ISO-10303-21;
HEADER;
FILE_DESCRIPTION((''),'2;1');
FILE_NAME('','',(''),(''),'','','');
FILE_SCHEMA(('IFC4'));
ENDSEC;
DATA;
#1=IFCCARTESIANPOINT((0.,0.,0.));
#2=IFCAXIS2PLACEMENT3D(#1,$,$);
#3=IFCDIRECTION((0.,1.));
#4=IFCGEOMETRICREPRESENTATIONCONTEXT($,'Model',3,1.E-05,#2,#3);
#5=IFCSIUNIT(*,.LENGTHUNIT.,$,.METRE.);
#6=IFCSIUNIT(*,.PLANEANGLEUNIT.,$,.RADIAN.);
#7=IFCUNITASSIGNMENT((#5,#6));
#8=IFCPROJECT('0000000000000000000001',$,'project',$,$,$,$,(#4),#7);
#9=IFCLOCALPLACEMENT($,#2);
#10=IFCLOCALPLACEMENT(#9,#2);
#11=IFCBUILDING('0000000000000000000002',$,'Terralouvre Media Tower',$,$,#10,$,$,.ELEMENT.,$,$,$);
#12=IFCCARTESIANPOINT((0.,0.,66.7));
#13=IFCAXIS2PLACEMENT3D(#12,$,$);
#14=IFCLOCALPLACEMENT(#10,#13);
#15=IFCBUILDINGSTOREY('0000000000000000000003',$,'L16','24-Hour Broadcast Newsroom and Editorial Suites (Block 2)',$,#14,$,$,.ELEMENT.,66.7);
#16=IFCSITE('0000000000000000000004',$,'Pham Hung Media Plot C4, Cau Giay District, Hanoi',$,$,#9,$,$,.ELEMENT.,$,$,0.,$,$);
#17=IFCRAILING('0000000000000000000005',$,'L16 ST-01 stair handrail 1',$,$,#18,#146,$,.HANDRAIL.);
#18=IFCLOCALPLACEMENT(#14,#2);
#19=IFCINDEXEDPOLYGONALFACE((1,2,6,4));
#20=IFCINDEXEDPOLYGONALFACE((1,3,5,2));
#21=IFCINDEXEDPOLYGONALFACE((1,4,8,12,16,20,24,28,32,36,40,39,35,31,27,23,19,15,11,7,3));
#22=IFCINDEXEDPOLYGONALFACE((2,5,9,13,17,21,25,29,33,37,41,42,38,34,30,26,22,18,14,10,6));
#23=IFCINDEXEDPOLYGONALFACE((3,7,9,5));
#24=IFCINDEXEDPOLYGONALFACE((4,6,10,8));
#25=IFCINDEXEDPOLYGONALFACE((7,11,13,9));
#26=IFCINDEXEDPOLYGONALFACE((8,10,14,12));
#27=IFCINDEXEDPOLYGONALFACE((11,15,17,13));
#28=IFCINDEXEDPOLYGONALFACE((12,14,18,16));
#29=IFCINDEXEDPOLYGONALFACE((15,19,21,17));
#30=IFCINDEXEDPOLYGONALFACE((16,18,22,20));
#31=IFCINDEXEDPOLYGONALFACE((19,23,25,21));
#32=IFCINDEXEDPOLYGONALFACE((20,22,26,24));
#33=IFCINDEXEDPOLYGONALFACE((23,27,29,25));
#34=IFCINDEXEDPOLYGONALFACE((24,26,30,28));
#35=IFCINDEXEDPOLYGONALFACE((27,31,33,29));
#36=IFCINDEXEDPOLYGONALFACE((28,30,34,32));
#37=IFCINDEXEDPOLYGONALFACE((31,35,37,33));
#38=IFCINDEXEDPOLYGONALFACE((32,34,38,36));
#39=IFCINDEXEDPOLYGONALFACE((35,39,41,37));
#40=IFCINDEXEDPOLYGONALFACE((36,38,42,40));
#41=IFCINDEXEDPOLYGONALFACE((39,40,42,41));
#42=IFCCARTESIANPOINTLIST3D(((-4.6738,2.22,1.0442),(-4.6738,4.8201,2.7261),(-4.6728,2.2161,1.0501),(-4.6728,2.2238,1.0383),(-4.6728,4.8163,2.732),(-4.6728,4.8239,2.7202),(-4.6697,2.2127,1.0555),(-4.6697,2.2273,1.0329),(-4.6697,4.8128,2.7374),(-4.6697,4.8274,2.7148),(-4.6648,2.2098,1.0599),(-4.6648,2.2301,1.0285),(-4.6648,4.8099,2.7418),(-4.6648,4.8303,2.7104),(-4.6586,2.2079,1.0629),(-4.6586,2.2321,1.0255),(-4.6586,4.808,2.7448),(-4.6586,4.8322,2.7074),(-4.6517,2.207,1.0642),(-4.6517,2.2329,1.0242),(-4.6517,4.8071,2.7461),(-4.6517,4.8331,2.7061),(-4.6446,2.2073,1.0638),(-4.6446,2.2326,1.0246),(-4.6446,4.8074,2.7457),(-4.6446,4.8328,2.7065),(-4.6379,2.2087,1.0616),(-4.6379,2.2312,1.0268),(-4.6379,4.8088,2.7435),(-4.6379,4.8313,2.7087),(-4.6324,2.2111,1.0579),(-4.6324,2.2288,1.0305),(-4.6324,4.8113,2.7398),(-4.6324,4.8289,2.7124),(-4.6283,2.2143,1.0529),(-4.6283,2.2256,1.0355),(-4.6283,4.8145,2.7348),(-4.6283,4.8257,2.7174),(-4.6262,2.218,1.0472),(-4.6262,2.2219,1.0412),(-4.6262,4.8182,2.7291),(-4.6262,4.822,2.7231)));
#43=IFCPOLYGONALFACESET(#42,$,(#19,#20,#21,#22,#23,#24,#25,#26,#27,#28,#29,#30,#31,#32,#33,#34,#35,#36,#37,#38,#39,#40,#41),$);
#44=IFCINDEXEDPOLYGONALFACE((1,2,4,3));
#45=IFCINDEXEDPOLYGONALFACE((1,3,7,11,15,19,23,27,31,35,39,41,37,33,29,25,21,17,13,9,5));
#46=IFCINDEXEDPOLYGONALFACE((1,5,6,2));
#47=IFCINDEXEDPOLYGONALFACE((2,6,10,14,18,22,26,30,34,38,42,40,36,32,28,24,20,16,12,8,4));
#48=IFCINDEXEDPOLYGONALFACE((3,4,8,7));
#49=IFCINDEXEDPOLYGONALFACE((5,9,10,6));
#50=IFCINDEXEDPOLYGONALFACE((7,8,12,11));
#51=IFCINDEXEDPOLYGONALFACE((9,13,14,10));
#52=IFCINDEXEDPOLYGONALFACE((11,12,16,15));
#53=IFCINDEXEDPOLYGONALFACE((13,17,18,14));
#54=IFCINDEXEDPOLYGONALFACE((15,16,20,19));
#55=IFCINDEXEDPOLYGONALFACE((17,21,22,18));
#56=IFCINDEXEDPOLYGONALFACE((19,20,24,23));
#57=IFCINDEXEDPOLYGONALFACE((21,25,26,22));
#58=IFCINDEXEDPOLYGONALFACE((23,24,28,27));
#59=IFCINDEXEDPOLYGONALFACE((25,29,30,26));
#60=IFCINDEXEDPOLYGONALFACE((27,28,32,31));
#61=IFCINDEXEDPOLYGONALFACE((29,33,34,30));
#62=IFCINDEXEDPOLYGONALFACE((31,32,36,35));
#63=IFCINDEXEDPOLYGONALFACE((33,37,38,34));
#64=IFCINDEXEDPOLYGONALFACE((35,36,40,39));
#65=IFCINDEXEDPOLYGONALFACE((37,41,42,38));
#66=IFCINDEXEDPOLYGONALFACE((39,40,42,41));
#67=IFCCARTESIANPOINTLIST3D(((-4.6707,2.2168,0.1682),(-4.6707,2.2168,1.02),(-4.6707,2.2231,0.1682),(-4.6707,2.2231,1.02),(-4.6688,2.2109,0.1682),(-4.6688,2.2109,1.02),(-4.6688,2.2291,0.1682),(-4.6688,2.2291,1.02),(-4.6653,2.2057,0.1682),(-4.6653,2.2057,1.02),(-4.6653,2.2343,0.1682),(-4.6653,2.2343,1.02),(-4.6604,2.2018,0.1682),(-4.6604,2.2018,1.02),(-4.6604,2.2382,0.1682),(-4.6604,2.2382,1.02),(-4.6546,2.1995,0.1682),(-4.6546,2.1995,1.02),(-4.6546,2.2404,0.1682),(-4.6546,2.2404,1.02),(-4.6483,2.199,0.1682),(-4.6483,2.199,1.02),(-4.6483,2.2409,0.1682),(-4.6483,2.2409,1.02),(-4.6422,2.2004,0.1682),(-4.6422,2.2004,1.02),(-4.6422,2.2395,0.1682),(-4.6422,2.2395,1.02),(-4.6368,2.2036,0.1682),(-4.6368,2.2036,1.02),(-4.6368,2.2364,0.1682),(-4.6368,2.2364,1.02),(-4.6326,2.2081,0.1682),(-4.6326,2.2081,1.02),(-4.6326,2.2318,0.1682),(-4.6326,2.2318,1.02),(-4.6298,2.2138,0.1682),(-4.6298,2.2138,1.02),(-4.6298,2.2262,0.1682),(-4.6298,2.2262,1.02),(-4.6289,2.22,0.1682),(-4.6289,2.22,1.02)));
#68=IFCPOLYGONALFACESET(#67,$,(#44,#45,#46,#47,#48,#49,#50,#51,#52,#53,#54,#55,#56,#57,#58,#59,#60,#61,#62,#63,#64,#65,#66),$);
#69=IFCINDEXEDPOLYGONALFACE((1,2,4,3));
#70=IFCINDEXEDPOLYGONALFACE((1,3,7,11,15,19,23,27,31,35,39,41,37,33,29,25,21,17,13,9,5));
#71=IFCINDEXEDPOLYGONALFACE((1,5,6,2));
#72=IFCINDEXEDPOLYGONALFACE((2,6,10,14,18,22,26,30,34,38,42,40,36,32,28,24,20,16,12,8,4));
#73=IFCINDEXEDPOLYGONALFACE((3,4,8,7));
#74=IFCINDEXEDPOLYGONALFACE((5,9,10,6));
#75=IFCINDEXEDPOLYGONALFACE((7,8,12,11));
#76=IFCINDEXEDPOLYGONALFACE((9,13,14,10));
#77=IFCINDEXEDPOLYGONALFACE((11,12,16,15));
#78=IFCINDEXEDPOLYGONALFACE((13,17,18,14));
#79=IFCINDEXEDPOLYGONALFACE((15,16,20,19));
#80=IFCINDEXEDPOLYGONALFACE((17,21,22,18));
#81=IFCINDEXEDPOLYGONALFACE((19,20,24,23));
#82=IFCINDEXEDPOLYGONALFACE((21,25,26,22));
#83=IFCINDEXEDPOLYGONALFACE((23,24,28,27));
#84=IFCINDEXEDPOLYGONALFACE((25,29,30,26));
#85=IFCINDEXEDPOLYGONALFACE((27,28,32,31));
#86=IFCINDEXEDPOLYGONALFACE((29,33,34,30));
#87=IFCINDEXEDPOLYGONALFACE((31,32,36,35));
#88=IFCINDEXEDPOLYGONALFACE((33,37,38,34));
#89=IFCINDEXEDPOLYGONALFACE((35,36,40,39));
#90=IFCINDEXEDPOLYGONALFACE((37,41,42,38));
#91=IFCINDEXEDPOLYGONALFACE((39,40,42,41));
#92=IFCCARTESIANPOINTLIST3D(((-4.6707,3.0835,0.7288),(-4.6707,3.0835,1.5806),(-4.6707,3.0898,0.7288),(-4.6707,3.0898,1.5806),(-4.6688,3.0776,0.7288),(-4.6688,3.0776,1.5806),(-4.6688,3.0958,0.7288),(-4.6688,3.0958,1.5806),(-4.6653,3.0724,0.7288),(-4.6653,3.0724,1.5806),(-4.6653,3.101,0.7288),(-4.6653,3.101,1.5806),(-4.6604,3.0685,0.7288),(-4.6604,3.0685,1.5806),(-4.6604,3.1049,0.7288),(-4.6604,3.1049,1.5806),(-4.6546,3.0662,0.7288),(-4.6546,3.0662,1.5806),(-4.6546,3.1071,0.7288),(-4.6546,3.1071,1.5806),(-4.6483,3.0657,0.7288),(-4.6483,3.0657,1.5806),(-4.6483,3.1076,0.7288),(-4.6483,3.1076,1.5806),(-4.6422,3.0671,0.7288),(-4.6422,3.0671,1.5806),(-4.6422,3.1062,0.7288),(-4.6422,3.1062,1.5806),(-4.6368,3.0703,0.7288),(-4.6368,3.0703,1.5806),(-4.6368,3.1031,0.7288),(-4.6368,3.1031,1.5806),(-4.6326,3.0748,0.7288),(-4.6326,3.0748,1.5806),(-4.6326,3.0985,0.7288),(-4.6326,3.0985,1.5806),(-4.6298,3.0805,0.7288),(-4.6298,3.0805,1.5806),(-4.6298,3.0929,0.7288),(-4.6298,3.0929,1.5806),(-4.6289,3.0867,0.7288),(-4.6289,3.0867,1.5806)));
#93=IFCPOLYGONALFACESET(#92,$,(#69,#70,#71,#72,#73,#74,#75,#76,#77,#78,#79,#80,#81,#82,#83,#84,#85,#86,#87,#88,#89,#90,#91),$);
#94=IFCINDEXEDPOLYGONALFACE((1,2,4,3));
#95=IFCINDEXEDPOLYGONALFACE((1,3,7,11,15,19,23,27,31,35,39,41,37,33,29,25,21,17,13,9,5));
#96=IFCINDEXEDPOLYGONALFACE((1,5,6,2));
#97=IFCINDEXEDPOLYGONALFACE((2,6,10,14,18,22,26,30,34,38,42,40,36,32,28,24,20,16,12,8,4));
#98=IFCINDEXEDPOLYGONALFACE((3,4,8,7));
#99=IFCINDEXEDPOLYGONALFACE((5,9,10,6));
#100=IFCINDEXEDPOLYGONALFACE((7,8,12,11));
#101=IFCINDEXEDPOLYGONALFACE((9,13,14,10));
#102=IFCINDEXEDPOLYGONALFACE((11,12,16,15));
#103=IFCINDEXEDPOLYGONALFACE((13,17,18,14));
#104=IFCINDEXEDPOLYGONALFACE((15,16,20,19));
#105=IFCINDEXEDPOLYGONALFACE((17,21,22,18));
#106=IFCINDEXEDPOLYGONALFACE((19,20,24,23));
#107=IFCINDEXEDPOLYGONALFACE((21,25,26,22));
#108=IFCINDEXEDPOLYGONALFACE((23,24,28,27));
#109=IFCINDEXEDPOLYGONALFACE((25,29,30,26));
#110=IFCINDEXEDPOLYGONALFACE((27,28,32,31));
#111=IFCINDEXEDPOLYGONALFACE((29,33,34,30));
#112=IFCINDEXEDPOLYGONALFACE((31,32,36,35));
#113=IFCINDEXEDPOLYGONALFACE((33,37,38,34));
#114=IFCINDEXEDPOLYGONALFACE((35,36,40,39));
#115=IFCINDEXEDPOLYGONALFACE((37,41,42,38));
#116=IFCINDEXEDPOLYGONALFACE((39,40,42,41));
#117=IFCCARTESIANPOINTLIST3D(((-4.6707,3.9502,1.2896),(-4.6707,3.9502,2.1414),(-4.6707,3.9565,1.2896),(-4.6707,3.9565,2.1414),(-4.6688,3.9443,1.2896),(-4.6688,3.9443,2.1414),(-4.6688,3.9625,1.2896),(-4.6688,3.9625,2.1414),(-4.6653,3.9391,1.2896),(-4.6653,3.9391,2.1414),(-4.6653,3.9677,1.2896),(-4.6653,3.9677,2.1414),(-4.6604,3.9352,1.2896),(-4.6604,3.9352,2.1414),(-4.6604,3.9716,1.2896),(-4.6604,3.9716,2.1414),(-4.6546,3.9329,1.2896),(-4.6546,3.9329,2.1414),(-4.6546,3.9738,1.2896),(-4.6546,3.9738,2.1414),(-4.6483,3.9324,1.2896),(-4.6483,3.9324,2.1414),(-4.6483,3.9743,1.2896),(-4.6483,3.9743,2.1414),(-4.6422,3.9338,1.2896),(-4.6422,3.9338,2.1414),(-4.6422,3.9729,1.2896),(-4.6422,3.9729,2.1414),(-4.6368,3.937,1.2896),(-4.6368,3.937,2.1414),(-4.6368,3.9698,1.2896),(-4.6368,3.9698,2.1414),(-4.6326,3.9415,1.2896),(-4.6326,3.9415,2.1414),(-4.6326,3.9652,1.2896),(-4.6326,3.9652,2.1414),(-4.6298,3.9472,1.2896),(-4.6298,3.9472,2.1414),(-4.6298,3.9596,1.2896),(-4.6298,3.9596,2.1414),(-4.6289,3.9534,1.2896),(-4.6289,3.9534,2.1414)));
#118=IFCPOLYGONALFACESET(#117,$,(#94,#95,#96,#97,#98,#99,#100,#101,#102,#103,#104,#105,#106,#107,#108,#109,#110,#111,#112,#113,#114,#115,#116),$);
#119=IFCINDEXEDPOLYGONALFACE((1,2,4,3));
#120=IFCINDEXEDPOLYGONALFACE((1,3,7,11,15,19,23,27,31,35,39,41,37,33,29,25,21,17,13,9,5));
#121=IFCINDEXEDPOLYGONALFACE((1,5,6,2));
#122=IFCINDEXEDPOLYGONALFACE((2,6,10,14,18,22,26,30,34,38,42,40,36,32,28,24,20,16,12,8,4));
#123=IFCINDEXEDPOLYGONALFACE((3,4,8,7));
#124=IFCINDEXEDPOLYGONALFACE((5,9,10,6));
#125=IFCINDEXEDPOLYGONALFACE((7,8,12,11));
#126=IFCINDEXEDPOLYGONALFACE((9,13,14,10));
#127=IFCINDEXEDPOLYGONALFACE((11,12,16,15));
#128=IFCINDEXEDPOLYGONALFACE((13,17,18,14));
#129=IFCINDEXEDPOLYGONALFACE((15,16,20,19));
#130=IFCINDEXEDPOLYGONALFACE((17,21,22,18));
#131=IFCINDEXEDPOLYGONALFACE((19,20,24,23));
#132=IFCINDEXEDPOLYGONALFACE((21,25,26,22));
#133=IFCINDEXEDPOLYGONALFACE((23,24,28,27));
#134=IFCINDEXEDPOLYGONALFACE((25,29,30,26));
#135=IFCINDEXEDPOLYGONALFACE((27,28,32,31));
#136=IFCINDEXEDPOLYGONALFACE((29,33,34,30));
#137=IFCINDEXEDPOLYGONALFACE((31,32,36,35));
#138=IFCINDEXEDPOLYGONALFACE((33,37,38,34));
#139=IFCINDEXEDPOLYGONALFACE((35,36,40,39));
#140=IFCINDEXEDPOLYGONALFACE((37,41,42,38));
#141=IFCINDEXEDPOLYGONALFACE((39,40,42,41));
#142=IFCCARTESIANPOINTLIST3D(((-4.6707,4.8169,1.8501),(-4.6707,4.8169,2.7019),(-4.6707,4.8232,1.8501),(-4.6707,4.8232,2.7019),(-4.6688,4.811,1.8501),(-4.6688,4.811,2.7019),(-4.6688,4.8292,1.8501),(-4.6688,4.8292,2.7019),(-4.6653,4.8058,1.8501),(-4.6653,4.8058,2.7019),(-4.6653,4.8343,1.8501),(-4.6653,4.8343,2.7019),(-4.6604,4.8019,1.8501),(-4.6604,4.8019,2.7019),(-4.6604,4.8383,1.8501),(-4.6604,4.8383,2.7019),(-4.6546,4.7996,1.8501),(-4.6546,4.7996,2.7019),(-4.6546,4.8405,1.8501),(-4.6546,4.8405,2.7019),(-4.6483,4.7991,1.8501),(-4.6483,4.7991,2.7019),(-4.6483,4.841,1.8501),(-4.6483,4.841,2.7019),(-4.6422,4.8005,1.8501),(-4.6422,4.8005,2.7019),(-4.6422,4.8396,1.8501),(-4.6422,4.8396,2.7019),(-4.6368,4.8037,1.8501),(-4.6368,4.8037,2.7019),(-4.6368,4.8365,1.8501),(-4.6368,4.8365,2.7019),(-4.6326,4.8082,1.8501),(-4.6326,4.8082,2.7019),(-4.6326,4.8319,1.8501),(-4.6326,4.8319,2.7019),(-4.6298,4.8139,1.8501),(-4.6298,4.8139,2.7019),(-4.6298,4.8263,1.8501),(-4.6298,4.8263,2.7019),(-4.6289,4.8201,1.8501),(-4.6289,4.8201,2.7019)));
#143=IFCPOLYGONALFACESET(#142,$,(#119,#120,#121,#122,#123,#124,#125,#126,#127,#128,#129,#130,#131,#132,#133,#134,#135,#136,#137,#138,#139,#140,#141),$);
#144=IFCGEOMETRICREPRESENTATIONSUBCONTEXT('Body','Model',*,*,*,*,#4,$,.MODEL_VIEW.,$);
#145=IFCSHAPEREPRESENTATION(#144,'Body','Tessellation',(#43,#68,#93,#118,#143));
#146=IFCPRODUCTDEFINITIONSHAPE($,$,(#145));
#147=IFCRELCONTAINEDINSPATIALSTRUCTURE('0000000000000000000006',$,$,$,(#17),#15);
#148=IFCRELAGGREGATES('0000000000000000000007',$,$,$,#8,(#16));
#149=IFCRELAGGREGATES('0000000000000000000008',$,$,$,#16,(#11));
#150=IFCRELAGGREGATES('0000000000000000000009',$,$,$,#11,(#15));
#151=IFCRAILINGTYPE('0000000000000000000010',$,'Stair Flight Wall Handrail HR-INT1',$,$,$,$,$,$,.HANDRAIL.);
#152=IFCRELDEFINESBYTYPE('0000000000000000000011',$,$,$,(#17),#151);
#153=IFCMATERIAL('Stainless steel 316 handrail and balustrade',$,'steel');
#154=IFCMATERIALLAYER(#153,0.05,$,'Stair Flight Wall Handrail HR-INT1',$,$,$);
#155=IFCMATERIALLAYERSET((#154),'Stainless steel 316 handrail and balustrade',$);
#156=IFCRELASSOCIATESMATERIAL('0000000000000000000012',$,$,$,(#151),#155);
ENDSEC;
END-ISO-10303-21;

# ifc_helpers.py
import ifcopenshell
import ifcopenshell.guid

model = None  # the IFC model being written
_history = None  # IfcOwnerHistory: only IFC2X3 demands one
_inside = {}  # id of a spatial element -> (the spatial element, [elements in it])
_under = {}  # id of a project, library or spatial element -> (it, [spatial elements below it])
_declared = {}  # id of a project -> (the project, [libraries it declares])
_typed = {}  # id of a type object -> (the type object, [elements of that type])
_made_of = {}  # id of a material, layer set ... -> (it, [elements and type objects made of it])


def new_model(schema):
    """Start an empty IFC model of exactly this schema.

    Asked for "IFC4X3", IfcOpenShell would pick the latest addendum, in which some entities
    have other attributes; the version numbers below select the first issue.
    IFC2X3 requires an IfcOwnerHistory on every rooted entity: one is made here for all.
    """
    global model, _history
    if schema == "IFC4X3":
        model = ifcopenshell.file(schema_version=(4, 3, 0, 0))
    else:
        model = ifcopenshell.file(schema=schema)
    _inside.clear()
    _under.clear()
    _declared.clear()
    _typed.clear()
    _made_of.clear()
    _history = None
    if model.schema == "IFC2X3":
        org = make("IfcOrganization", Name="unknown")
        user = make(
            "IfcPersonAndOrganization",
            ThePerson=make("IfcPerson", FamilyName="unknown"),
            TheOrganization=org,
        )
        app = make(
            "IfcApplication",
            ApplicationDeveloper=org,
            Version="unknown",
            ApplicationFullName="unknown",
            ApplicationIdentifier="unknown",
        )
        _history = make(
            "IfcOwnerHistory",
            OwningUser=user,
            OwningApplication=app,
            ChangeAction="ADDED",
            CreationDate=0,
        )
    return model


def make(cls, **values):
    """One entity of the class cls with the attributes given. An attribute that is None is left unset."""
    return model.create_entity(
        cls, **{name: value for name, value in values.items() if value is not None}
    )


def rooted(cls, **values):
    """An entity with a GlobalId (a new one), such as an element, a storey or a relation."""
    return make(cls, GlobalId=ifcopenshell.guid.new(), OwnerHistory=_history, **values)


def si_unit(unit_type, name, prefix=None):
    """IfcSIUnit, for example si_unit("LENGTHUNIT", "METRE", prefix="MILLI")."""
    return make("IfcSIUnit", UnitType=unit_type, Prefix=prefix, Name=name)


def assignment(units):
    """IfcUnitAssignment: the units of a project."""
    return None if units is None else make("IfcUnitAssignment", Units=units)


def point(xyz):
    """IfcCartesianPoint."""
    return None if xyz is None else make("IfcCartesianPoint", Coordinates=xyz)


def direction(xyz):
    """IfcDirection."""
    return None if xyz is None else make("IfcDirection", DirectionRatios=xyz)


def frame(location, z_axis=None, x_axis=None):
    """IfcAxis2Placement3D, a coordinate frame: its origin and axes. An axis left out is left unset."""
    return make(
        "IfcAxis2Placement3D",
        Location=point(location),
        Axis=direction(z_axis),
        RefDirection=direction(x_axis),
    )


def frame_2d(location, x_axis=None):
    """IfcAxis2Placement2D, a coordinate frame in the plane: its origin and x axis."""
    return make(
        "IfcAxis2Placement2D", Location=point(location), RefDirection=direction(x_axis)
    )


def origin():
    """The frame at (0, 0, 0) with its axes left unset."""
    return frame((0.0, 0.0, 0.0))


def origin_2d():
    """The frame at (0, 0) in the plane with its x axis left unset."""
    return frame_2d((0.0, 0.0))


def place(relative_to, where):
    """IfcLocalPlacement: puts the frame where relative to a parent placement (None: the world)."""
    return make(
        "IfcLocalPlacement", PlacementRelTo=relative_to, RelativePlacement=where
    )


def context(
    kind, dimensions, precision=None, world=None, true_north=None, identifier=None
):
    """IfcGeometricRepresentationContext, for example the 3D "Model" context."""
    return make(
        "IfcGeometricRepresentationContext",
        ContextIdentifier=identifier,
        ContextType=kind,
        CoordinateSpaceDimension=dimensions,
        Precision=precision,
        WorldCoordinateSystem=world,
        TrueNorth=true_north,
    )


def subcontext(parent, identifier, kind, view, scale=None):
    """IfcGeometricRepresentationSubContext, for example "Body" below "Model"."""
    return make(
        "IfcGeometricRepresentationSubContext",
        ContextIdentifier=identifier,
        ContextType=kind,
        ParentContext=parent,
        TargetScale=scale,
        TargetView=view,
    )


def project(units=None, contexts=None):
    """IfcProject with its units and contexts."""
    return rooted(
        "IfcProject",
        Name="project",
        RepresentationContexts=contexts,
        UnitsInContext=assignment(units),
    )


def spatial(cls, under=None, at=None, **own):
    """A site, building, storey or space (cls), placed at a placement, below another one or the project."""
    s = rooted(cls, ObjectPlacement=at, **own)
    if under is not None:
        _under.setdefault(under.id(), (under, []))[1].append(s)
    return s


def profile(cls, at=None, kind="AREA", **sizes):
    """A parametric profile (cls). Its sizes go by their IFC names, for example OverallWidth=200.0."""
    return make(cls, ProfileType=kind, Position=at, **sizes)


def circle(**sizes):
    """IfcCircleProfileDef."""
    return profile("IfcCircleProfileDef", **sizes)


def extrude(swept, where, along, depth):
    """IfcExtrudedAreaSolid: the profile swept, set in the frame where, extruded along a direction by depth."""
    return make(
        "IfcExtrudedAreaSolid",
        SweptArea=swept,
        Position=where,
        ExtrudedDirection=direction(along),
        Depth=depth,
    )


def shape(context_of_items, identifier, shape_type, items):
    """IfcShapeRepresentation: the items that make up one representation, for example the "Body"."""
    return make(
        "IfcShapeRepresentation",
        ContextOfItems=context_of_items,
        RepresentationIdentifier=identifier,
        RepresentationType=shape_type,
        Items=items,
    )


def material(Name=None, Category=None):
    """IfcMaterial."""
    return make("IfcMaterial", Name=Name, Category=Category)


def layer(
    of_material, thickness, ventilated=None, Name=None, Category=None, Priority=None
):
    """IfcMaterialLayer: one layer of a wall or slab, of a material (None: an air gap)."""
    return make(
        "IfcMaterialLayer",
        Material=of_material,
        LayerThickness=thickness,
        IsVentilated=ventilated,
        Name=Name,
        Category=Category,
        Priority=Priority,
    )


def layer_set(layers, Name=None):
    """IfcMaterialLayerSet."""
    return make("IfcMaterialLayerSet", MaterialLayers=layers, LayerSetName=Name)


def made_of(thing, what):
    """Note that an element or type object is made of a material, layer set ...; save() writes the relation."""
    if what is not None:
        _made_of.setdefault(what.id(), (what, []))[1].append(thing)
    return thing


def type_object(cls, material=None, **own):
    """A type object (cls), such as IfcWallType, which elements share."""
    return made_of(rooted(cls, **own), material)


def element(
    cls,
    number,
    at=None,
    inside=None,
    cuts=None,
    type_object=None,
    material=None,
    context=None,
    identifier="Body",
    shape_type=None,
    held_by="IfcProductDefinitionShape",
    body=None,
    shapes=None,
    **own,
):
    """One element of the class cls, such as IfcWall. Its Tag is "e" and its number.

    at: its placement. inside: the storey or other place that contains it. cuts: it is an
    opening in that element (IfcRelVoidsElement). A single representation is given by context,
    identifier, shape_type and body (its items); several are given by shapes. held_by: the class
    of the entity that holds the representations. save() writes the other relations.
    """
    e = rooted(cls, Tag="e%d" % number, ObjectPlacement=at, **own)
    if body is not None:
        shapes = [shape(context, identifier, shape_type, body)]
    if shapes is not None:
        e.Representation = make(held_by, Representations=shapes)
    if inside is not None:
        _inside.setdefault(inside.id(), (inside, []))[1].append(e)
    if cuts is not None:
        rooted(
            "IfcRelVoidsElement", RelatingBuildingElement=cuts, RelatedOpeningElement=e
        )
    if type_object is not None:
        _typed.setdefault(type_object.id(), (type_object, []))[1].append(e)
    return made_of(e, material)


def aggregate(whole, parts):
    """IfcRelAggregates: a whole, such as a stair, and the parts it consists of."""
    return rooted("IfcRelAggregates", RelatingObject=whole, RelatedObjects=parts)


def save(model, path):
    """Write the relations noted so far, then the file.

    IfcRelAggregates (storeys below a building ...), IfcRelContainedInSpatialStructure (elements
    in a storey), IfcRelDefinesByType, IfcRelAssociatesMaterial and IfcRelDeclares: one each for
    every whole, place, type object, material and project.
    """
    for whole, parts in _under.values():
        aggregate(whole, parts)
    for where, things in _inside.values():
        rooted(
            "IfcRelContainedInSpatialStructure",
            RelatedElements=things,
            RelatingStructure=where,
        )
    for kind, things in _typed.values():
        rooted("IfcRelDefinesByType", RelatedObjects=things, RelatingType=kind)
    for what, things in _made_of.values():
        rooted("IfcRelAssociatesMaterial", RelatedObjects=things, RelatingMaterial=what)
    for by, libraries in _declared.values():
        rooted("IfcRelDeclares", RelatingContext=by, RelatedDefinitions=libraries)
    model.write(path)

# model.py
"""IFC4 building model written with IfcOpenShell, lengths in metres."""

from ifc_helpers import new_model, si_unit, direction, frame, origin, origin_2d, place, context, subcontext, project, spatial, circle, extrude, material, layer, layer_set, type_object, element, save


model = new_model("IFC4")

# Units and contexts
model_context = context("Model", 3, precision=1e-05, world=origin(), true_north=direction((0.0, 1.0)))
body_context = subcontext(model_context, "Body", "Model", "MODEL_VIEW")
ifc_project = project(units=[si_unit("LENGTHUNIT", "METRE"), si_unit("PLANEANGLEUNIT", "RADIAN")], contexts=[model_context])

# Site, building, storey
site_placement = place(None, origin())
site = spatial("IfcSite", under=ifc_project, at=site_placement, Name="Pham Hung Media Plot C4, Cau Giay District, Hanoi", CompositionType="ELEMENT", RefElevation=0.0)
building_placement = place(site_placement, origin())
building = spatial("IfcBuilding", under=site, at=building_placement, Name="Terralouvre Media Tower", CompositionType="ELEMENT")
storey_placement = place(building_placement, frame((0.0, 0.0, 66.7)))
storey = spatial("IfcBuildingStorey", under=building, at=storey_placement, Name="L16", Description="24-Hour Broadcast Newsroom and Editorial Suites (Block 2)", CompositionType="ELEMENT", Elevation=66.7)

# Railing
ifc_material_1 = material(Name="Stainless steel 316 handrail and balustrade", Category="steel")
ifc_layer_1 = layer(ifc_material_1, 0.05, Name="Stair Flight Wall Handrail HR-INT1")
ifc_layer_set_1 = layer_set([ifc_layer_1], Name="Stainless steel 316 handrail and balustrade")
railing_type_1 = type_object("IfcRailingType", Name="Stair Flight Wall Handrail HR-INT1", PredefinedType="HANDRAIL", material=ifc_layer_set_1)
railing_1_placement = place(storey_placement, frame((-4.6499, 2.22, 0.1682)))
element("IfcRailing", 1, at=railing_1_placement, inside=storey, type_object=railing_type_1, Name="L16 ST-01 stair handrail 1", PredefinedType="HANDRAIL", context=body_context, shape_type="SweptSolid", body=[
    extrude(circle(Radius=0.0239, at=origin_2d()), frame((0.0, 0.0, 0.876), z_axis=(0.0, 0.839648, 0.54313), x_axis=(-1.0, 0.0, 0.0)), (0.0, 0.0, 1.0), 3.0967),
    extrude(circle(Radius=0.021, at=origin_2d()), origin(), (0.0, 0.0, 1.0), 0.8518),
    extrude(circle(Radius=0.021, at=origin_2d()), frame((0.0, 0.8667, 0.5605)), (0.0, 0.0, 1.0), 0.8518),
    extrude(circle(Radius=0.021, at=origin_2d()), frame((0.0, 1.7334, 1.1213)), (0.0, 0.0, 1.0), 0.8518),
    extrude(circle(Radius=0.021, at=origin_2d()), frame((0.0, 2.6001, 1.6819)), (0.0, 0.0, 1.0), 0.8518),
])

save(model, "model.ifc")
